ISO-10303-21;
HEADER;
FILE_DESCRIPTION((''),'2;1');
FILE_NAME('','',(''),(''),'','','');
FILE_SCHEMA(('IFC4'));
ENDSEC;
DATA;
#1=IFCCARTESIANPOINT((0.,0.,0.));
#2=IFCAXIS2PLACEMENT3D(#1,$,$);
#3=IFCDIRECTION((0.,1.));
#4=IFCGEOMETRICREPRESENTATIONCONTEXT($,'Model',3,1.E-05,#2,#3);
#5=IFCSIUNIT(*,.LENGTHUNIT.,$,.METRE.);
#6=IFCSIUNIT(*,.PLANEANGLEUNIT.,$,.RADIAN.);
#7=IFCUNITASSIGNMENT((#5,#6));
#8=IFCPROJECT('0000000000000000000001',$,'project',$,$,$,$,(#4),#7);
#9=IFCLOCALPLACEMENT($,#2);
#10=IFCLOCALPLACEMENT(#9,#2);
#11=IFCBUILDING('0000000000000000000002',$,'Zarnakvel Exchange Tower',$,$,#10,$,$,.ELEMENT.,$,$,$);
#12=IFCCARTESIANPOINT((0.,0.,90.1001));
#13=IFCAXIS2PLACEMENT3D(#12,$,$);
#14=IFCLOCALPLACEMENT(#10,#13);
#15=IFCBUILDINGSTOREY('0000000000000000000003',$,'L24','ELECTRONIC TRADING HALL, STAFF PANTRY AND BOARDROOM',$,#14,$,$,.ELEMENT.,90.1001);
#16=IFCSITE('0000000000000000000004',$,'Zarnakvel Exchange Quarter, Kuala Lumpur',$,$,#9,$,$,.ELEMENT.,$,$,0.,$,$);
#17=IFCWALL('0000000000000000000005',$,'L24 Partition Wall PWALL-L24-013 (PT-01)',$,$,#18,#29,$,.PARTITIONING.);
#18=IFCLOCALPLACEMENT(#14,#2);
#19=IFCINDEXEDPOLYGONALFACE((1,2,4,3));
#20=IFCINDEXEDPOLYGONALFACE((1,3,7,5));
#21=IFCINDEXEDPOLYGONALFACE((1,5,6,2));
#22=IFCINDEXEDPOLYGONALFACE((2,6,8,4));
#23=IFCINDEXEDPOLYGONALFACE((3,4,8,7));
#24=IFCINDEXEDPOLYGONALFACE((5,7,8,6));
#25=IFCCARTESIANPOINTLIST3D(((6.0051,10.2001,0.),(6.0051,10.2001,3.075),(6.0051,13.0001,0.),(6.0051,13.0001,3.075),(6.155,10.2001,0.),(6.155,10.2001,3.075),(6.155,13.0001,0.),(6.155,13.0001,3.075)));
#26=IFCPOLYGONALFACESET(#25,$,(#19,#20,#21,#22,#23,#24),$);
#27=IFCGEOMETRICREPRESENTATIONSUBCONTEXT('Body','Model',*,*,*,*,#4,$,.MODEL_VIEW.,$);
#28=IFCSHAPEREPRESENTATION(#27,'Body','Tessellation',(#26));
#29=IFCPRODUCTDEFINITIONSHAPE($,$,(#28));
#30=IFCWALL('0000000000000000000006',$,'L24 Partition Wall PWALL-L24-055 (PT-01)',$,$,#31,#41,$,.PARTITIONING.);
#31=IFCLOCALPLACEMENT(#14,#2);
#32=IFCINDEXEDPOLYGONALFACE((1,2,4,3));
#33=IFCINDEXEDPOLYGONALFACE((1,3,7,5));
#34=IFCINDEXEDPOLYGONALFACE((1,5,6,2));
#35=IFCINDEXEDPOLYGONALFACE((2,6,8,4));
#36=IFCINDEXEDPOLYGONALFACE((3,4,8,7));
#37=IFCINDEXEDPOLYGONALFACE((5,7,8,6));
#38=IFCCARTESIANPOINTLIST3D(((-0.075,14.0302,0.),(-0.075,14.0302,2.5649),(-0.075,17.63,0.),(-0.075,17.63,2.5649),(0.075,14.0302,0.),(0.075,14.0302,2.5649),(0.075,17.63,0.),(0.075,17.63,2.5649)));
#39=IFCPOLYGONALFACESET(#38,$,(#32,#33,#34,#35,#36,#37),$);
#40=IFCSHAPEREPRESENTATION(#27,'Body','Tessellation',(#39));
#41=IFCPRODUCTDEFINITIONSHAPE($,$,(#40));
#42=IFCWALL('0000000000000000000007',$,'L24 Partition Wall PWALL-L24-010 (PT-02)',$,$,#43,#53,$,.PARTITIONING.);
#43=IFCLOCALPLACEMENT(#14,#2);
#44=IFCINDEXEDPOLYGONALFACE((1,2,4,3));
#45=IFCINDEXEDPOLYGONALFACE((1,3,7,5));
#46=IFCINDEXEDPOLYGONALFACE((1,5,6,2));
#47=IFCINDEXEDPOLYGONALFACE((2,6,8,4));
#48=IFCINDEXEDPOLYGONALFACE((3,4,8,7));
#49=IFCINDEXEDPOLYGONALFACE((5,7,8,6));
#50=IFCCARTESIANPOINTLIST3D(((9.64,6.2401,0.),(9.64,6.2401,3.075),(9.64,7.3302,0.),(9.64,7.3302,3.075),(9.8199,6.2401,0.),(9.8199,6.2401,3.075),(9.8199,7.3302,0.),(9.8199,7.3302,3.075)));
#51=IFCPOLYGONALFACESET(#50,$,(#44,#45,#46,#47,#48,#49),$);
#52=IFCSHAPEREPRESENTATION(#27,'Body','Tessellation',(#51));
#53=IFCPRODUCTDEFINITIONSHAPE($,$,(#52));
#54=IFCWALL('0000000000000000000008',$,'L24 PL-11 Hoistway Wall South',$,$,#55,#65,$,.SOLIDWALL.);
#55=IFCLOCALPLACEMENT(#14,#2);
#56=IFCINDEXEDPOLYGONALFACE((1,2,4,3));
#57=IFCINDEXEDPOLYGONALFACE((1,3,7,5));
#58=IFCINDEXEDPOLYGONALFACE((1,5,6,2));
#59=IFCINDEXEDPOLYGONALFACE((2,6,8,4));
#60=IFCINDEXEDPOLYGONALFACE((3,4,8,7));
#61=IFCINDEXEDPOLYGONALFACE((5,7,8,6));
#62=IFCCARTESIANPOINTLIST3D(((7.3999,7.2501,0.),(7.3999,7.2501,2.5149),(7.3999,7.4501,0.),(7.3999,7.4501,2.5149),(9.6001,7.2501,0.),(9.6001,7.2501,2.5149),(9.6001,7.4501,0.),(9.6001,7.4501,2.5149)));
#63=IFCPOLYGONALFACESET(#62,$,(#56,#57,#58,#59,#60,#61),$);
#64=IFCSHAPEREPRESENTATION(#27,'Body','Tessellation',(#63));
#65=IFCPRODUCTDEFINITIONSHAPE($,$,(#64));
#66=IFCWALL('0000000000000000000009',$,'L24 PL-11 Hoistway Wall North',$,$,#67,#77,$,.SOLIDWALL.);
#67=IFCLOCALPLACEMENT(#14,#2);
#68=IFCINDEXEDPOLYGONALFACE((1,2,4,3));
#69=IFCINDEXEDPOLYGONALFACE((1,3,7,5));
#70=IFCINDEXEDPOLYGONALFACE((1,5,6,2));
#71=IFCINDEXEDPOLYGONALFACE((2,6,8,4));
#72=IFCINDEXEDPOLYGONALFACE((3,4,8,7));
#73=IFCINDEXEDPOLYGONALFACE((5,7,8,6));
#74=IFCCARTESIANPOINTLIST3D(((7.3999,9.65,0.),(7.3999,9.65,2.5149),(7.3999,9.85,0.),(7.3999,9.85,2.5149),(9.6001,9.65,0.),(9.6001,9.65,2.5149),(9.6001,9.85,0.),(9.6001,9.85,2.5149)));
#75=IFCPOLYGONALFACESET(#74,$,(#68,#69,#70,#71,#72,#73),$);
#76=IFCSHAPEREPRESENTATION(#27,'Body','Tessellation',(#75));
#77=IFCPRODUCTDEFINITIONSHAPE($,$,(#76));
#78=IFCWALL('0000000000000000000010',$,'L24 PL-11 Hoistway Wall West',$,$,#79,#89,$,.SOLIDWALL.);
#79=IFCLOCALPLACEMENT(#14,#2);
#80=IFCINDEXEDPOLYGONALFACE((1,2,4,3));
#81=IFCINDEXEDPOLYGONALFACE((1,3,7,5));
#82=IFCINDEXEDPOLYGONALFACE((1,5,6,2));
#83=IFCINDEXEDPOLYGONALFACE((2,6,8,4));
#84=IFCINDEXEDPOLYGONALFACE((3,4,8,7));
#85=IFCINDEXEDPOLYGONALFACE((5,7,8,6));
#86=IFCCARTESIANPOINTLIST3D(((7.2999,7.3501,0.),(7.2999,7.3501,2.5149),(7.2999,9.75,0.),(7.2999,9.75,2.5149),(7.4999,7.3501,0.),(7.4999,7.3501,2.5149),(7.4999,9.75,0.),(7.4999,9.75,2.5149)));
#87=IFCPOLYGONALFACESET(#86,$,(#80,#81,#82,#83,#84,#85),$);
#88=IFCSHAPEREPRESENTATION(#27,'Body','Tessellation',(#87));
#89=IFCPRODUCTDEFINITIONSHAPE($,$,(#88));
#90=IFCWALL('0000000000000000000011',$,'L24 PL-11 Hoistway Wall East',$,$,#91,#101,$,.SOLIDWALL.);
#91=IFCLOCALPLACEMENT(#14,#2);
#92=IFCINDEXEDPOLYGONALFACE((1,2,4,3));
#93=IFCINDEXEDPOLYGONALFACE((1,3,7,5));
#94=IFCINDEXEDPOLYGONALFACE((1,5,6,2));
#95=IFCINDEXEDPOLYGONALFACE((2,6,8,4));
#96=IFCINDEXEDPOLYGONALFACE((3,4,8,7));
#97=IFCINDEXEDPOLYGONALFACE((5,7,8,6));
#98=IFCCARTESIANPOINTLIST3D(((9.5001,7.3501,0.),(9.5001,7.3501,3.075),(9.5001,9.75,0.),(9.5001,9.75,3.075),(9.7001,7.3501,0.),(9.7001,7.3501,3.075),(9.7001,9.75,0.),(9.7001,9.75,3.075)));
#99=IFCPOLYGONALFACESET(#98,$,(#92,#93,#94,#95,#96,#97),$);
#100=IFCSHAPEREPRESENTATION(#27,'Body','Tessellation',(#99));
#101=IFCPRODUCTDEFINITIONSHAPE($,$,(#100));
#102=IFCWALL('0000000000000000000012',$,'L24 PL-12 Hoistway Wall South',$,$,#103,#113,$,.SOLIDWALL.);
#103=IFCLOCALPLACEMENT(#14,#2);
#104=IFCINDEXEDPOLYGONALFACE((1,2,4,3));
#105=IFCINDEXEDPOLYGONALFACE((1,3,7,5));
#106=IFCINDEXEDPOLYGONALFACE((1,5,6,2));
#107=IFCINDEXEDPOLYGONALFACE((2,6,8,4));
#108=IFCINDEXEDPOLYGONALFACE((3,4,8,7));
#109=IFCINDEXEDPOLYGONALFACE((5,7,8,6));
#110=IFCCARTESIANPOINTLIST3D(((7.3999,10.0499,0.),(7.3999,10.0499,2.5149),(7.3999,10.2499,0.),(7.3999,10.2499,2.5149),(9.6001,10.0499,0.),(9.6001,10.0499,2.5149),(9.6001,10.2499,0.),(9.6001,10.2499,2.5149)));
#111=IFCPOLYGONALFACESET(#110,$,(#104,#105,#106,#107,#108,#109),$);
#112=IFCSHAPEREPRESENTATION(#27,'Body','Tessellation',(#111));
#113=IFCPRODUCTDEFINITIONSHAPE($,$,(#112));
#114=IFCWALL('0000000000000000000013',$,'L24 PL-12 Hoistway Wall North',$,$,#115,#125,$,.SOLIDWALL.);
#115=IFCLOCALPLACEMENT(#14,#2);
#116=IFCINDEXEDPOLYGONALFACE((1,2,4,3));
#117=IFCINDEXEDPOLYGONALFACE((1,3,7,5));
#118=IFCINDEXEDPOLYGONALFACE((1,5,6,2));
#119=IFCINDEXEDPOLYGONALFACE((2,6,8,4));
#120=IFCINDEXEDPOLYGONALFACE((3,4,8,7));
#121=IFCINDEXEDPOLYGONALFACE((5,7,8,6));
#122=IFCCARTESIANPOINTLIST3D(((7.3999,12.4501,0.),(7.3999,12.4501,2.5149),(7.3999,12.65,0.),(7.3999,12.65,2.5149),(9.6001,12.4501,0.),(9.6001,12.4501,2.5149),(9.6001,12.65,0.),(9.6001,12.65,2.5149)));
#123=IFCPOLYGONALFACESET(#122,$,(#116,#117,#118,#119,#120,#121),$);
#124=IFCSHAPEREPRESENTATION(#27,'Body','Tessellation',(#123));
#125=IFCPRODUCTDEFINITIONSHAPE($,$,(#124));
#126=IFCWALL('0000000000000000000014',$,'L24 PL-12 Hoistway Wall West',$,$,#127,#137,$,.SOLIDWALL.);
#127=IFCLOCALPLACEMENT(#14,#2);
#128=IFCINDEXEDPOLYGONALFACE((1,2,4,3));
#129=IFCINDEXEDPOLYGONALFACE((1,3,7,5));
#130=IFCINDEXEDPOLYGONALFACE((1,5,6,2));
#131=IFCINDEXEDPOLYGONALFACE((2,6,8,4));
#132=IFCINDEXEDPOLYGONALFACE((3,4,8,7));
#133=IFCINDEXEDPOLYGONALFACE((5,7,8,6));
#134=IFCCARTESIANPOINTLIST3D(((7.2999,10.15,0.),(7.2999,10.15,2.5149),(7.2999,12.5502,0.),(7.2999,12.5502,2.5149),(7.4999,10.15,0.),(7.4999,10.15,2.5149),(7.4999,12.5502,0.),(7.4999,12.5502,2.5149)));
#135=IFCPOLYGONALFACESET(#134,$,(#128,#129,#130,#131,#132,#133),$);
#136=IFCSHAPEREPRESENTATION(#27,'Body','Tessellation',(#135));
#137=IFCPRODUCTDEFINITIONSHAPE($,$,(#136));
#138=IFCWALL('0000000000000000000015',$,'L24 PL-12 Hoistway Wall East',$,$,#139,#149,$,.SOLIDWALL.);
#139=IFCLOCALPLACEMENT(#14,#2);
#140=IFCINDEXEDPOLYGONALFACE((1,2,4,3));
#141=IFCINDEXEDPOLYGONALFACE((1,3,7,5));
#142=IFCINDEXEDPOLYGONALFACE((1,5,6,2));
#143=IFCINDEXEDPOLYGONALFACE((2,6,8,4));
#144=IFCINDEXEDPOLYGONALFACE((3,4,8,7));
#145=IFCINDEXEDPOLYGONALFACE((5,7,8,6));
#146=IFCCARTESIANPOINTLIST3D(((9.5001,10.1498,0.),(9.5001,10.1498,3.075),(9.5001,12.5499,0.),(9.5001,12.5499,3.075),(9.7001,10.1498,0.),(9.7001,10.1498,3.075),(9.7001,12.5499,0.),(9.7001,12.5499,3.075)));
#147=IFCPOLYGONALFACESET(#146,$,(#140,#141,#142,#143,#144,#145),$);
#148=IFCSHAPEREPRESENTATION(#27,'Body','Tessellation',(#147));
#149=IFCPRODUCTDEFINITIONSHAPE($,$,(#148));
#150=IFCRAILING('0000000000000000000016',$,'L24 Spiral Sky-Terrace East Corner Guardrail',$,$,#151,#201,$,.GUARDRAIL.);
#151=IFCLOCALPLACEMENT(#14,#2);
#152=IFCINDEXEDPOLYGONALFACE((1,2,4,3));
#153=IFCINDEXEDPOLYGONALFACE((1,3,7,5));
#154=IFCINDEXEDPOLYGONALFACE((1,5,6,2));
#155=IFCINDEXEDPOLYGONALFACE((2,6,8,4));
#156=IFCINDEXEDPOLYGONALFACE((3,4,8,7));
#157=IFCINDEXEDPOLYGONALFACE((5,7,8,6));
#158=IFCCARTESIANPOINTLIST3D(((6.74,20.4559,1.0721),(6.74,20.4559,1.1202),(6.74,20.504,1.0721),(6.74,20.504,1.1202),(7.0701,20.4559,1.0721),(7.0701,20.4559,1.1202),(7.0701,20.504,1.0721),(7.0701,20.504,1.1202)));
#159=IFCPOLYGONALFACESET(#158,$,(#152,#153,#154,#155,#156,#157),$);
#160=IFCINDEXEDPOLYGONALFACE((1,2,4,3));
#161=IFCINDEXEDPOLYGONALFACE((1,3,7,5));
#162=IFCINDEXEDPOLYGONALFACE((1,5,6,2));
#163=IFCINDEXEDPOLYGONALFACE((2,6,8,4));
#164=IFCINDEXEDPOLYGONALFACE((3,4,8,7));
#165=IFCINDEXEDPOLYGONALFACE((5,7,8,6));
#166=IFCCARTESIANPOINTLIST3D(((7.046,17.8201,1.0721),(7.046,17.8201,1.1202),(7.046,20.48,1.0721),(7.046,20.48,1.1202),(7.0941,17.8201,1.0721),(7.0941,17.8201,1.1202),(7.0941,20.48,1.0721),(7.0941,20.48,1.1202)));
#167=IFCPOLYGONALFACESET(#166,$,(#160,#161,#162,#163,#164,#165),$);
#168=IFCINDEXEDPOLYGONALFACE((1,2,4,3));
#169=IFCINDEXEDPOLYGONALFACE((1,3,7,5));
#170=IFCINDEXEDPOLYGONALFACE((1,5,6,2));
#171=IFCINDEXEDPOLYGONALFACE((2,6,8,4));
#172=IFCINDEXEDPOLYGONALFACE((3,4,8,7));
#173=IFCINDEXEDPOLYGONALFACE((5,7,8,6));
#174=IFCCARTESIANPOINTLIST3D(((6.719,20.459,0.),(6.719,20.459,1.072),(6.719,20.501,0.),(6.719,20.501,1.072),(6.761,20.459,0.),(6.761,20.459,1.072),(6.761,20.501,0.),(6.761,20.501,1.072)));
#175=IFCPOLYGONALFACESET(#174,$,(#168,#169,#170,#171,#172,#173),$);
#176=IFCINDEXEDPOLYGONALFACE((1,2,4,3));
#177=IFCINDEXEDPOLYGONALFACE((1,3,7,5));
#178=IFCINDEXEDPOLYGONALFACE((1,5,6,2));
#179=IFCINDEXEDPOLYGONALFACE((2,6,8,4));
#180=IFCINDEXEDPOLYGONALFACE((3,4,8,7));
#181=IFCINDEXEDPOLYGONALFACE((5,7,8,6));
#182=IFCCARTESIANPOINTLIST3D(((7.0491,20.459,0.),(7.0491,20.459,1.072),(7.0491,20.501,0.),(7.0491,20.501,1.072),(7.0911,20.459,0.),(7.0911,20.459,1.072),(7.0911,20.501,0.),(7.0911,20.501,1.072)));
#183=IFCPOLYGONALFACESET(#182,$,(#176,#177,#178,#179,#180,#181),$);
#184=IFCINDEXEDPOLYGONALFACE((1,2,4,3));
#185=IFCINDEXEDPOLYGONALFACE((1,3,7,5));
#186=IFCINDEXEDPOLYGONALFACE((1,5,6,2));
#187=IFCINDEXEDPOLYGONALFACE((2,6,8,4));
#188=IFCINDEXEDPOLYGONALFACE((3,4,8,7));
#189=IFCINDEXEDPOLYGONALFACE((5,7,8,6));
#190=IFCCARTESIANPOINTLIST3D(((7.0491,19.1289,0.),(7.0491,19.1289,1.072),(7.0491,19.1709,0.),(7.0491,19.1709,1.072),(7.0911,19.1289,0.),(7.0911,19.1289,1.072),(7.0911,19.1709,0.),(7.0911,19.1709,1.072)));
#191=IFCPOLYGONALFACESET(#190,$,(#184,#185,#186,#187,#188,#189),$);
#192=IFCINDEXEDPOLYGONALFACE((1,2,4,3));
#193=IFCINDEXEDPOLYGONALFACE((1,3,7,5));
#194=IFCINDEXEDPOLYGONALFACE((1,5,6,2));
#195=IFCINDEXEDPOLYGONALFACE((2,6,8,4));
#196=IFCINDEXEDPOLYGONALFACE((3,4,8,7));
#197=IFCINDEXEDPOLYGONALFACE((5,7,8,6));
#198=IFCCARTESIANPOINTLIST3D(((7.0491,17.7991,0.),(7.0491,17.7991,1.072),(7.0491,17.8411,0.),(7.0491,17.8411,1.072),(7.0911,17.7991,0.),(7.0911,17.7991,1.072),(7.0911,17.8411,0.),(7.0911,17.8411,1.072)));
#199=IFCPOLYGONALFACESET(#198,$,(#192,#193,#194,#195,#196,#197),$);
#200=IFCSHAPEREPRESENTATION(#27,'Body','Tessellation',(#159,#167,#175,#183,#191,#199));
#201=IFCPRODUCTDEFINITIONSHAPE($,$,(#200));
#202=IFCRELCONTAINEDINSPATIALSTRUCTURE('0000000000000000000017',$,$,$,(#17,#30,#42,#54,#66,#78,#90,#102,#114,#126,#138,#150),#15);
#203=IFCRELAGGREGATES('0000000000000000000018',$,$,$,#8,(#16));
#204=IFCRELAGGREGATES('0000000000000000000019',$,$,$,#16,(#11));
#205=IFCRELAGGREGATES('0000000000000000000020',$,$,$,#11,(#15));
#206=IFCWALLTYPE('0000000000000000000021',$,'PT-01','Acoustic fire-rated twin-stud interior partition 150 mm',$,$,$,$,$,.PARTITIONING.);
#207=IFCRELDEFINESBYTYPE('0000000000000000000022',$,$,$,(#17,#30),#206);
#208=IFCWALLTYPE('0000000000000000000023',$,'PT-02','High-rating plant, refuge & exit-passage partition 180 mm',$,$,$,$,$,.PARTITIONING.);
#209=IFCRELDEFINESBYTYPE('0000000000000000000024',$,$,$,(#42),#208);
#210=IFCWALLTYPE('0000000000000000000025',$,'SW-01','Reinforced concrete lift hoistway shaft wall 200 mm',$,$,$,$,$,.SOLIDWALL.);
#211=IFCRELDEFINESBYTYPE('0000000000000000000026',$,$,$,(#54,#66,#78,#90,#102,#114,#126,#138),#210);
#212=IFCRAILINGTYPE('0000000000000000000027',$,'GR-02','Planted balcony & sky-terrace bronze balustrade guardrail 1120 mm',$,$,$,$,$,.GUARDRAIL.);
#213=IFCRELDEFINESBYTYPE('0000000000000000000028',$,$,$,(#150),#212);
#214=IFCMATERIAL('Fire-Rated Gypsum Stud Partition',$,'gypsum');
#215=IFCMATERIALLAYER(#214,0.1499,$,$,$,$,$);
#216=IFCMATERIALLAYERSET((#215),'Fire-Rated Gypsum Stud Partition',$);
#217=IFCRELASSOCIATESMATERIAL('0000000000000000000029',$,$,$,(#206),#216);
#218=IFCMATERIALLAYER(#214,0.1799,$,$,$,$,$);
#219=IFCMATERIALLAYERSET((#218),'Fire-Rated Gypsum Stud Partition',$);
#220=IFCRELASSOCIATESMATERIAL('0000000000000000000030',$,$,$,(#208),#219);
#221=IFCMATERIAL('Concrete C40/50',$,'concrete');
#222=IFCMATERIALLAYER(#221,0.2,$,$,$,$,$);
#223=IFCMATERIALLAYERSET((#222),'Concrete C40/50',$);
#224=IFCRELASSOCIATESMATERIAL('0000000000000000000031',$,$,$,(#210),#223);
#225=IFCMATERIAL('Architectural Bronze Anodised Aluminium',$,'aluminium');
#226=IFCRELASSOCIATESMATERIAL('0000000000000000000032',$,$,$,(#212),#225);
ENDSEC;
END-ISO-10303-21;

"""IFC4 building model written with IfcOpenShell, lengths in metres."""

from ifc_helpers import new_model, si_unit, direction, frame, frame_2d, origin, origin_2d, place, context, subcontext, project, spatial, rectangle, extrude, material, layer, layer_set, type_object, element, save


model = new_model("IFC4")

# Units and contexts
model_context = context("Model", 3, precision=1e-05, world=origin(), true_north=direction((0.0, 1.0)))
body_context = subcontext(model_context, "Body", "Model", "MODEL_VIEW")
ifc_project = project(units=[si_unit("LENGTHUNIT", "METRE"), si_unit("PLANEANGLEUNIT", "RADIAN")], contexts=[model_context])

# Site, building, storey
site_placement = place(None, origin())
site = spatial("IfcSite", under=ifc_project, at=site_placement, Name="Zarnakvel Exchange Quarter, Kuala Lumpur", CompositionType="ELEMENT", RefElevation=0.0)
building_placement = place(site_placement, origin())
building = spatial("IfcBuilding", under=site, at=building_placement, Name="Zarnakvel Exchange Tower", CompositionType="ELEMENT")
storey_placement = place(building_placement, frame((0.0, 0.0, 90.1001)))
storey = spatial("IfcBuildingStorey", under=building, at=storey_placement, Name="L24", Description="ELECTRONIC TRADING HALL, STAFF PANTRY AND BOARDROOM", CompositionType="ELEMENT", Elevation=90.1001)

# Shared definitions
ifc_material_1 = material(Name="Fire-Rated Gypsum Stud Partition", Category="gypsum")
ifc_layer_1 = layer(ifc_material_1, 0.1499)
ifc_layer_set_1 = layer_set([ifc_layer_1], Name="Fire-Rated Gypsum Stud Partition")
wall_type_1 = type_object("IfcWallType", Name="PT-01", Description="Acoustic fire-rated twin-stud interior partition 150 mm", PredefinedType="PARTITIONING", material=ifc_layer_set_1)

# Walls
wall_1_placement = place(storey_placement, frame((6.0801, 13.0, 0.0), z_axis=(0.0, 0.0, 1.0), x_axis=(0.0, -1.0, 0.0)))
element("IfcWall", 1, at=wall_1_placement, inside=storey, type_object=wall_type_1, Name="L24 Partition Wall PWALL-L24-013 (PT-01)", PredefinedType="PARTITIONING", context=body_context, shape_type="SweptSolid", body=[
    extrude(rectangle(XDim=2.8, YDim=0.1499, at=frame_2d((1.3999, 0.0))), origin(), (0.0, 0.0, 1.0), 3.075),
])
wall_2_placement = place(storey_placement, frame((0.0, 17.6299, 0.0), z_axis=(0.0, 0.0, 1.0), x_axis=(0.0, -1.0, 0.0)))
element("IfcWall", 2, at=wall_2_placement, inside=storey, type_object=wall_type_1, Name="L24 Partition Wall PWALL-L24-055 (PT-01)", PredefinedType="PARTITIONING", context=body_context, shape_type="SweptSolid", body=[
    extrude(rectangle(XDim=3.5999, YDim=0.1499, at=frame_2d((1.7998, 0.0))), origin(), (0.0, 0.0, 1.0), 2.5649),
])
ifc_layer_2 = layer(ifc_material_1, 0.1799)
ifc_layer_set_2 = layer_set([ifc_layer_2], Name="Fire-Rated Gypsum Stud Partition")
wall_type_2 = type_object("IfcWallType", Name="PT-02", Description="High-rating plant, refuge & exit-passage partition 180 mm", PredefinedType="PARTITIONING", material=ifc_layer_set_2)
wall_3_placement = place(storey_placement, frame((9.73, 7.3301, 0.0), z_axis=(0.0, 0.0, 1.0), x_axis=(0.0, -1.0, 0.0)))
element("IfcWall", 3, at=wall_3_placement, inside=storey, type_object=wall_type_2, Name="L24 Partition Wall PWALL-L24-010 (PT-02)", PredefinedType="PARTITIONING", context=body_context, shape_type="SweptSolid", body=[
    extrude(rectangle(XDim=1.0901, YDim=0.1799, at=frame_2d((0.5449, 0.0))), origin(), (0.0, 0.0, 1.0), 3.075),
])
ifc_material_2 = material(Name="Concrete C40/50", Category="concrete")
ifc_layer_3 = layer(ifc_material_2, 0.2)
ifc_layer_set_3 = layer_set([ifc_layer_3], Name="Concrete C40/50")
wall_type_3 = type_object("IfcWallType", Name="SW-01", Description="Reinforced concrete lift hoistway shaft wall 200 mm", PredefinedType="SOLIDWALL", material=ifc_layer_set_3)
for number, where, z_axis, x_axis, name in (
    (4, (9.6001, 7.3501, 0.0), (0.0, 0.0, 1.0), (-1.0, 0.0, 0.0), "L24 PL-11 Hoistway Wall South"),
    (5, (7.3999, 9.75, 0.0), (0.0, 0.0, 1.0), (1.0, 0.0, 0.0), "L24 PL-11 Hoistway Wall North"),
):
    element("IfcWall", number, at=place(storey_placement, frame(where, z_axis=z_axis, x_axis=x_axis)), inside=storey, type_object=wall_type_3, Name=name, PredefinedType="SOLIDWALL", context=body_context, shape_type="SweptSolid", body=[
        extrude(rectangle(XDim=2.2002, YDim=0.2, at=frame_2d((1.1001, 0.0))), origin(), (0.0, 0.0, 1.0), 2.5149),
    ])
wall_4_placement = place(storey_placement, frame((7.3999, 7.3501, 0.0), z_axis=(0.0, 0.0, 1.0), x_axis=(0.0, 1.0, 0.0)))
element("IfcWall", 6, at=wall_4_placement, inside=storey, type_object=wall_type_3, Name="L24 PL-11 Hoistway Wall West", PredefinedType="SOLIDWALL", context=body_context, shape_type="SweptSolid", body=[
    extrude(rectangle(XDim=2.3999, YDim=0.2, at=frame_2d((1.2, 0.0))), origin(), (0.0, 0.0, 1.0), 2.5149),
])
wall_5_placement = place(storey_placement, frame((9.6001, 9.75, 0.0), z_axis=(0.0, 0.0, 1.0), x_axis=(0.0, -1.0, 0.0)))
element("IfcWall", 7, at=wall_5_placement, inside=storey, type_object=wall_type_3, Name="L24 PL-11 Hoistway Wall East", PredefinedType="SOLIDWALL", context=body_context, shape_type="SweptSolid", body=[
    extrude(rectangle(XDim=2.3999, YDim=0.2, at=frame_2d((1.2, 0.0))), origin(), (0.0, 0.0, 1.0), 3.075),
])
for number, where, z_axis, x_axis, name in (
    (8, (9.6001, 10.1499, 0.0), (0.0, 0.0, 1.0), (-1.0, 0.0, 0.0), "L24 PL-12 Hoistway Wall South"),
    (9, (7.3999, 12.55, 0.0), (0.0, 0.0, 1.0), (1.0, 0.0, 0.0), "L24 PL-12 Hoistway Wall North"),
):
    element("IfcWall", number, at=place(storey_placement, frame(where, z_axis=z_axis, x_axis=x_axis)), inside=storey, type_object=wall_type_3, Name=name, PredefinedType="SOLIDWALL", context=body_context, shape_type="SweptSolid", body=[
        extrude(rectangle(XDim=2.2002, YDim=0.2, at=frame_2d((1.1001, 0.0))), origin(), (0.0, 0.0, 1.0), 2.5149),
    ])
wall_6_placement = place(storey_placement, frame((7.3999, 10.1499, 0.0), z_axis=(0.0, 0.0, 1.0), x_axis=(0.0, 1.0, 0.0)))
element("IfcWall", 10, at=wall_6_placement, inside=storey, type_object=wall_type_3, Name="L24 PL-12 Hoistway Wall West", PredefinedType="SOLIDWALL", context=body_context, shape_type="SweptSolid", body=[
    extrude(rectangle(XDim=2.4001, YDim=0.2, at=frame_2d((1.2002, 0.0))), origin(), (0.0, 0.0, 1.0), 2.5149),
])
wall_7_placement = place(storey_placement, frame((9.6001, 12.55, 0.0), z_axis=(0.0, 0.0, 1.0), x_axis=(0.0, -1.0, 0.0)))
element("IfcWall", 11, at=wall_7_placement, inside=storey, type_object=wall_type_3, Name="L24 PL-12 Hoistway Wall East", PredefinedType="SOLIDWALL", context=body_context, shape_type="SweptSolid", body=[
    extrude(rectangle(XDim=2.4001, YDim=0.2, at=frame_2d((1.2002, 0.0))), origin(), (0.0, 0.0, 1.0), 3.075),
])

# Railing
ifc_material_3 = material(Name="Architectural Bronze Anodised Aluminium", Category="aluminium")
railing_type_1 = type_object("IfcRailingType", Name="GR-02", Description="Planted balcony & sky-terrace bronze balustrade guardrail 1120 mm", PredefinedType="GUARDRAIL", material=ifc_material_3)
railing_1_placement = place(storey_placement, frame((6.74, 20.48, 0.0)))
element("IfcRailing", 12, at=railing_1_placement, inside=storey, type_object=railing_type_1, Name="L24 Spiral Sky-Terrace East Corner Guardrail", PredefinedType="GUARDRAIL", context=body_context, shape_type="SweptSolid", body=[
    extrude(rectangle(XDim=0.0481, YDim=0.0481, at=origin_2d()), frame((0.0, 0.0, 1.0962), z_axis=(1.0, 0.0, 0.0), x_axis=(0.0, 1.0, 0.0)), (0.0, 0.0, 1.0), 0.3301),
    extrude(rectangle(XDim=0.0481, YDim=0.0481, at=origin_2d()), frame((0.3301, 0.0, 1.0962), z_axis=(0.0, -1.0, 0.0), x_axis=(1.0, 0.0, 0.0)), (0.0, 0.0, 1.0), 2.6599),
    extrude(rectangle(XDim=0.042, YDim=0.042, at=origin_2d()), origin(), (0.0, 0.0, 1.0), 1.072),
    extrude(rectangle(XDim=0.042, YDim=0.042, at=origin_2d()), frame((0.3301, 0.0, 0.0)), (0.0, 0.0, 1.0), 1.072),
    extrude(rectangle(XDim=0.042, YDim=0.042, at=origin_2d()), frame((0.3301, -1.3301, 0.0)), (0.0, 0.0, 1.0), 1.072),
    extrude(rectangle(XDim=0.042, YDim=0.042, at=origin_2d()), frame((0.3301, -2.6599, 0.0)), (0.0, 0.0, 1.0), 1.072),
])

save(model, "model.ifc")
